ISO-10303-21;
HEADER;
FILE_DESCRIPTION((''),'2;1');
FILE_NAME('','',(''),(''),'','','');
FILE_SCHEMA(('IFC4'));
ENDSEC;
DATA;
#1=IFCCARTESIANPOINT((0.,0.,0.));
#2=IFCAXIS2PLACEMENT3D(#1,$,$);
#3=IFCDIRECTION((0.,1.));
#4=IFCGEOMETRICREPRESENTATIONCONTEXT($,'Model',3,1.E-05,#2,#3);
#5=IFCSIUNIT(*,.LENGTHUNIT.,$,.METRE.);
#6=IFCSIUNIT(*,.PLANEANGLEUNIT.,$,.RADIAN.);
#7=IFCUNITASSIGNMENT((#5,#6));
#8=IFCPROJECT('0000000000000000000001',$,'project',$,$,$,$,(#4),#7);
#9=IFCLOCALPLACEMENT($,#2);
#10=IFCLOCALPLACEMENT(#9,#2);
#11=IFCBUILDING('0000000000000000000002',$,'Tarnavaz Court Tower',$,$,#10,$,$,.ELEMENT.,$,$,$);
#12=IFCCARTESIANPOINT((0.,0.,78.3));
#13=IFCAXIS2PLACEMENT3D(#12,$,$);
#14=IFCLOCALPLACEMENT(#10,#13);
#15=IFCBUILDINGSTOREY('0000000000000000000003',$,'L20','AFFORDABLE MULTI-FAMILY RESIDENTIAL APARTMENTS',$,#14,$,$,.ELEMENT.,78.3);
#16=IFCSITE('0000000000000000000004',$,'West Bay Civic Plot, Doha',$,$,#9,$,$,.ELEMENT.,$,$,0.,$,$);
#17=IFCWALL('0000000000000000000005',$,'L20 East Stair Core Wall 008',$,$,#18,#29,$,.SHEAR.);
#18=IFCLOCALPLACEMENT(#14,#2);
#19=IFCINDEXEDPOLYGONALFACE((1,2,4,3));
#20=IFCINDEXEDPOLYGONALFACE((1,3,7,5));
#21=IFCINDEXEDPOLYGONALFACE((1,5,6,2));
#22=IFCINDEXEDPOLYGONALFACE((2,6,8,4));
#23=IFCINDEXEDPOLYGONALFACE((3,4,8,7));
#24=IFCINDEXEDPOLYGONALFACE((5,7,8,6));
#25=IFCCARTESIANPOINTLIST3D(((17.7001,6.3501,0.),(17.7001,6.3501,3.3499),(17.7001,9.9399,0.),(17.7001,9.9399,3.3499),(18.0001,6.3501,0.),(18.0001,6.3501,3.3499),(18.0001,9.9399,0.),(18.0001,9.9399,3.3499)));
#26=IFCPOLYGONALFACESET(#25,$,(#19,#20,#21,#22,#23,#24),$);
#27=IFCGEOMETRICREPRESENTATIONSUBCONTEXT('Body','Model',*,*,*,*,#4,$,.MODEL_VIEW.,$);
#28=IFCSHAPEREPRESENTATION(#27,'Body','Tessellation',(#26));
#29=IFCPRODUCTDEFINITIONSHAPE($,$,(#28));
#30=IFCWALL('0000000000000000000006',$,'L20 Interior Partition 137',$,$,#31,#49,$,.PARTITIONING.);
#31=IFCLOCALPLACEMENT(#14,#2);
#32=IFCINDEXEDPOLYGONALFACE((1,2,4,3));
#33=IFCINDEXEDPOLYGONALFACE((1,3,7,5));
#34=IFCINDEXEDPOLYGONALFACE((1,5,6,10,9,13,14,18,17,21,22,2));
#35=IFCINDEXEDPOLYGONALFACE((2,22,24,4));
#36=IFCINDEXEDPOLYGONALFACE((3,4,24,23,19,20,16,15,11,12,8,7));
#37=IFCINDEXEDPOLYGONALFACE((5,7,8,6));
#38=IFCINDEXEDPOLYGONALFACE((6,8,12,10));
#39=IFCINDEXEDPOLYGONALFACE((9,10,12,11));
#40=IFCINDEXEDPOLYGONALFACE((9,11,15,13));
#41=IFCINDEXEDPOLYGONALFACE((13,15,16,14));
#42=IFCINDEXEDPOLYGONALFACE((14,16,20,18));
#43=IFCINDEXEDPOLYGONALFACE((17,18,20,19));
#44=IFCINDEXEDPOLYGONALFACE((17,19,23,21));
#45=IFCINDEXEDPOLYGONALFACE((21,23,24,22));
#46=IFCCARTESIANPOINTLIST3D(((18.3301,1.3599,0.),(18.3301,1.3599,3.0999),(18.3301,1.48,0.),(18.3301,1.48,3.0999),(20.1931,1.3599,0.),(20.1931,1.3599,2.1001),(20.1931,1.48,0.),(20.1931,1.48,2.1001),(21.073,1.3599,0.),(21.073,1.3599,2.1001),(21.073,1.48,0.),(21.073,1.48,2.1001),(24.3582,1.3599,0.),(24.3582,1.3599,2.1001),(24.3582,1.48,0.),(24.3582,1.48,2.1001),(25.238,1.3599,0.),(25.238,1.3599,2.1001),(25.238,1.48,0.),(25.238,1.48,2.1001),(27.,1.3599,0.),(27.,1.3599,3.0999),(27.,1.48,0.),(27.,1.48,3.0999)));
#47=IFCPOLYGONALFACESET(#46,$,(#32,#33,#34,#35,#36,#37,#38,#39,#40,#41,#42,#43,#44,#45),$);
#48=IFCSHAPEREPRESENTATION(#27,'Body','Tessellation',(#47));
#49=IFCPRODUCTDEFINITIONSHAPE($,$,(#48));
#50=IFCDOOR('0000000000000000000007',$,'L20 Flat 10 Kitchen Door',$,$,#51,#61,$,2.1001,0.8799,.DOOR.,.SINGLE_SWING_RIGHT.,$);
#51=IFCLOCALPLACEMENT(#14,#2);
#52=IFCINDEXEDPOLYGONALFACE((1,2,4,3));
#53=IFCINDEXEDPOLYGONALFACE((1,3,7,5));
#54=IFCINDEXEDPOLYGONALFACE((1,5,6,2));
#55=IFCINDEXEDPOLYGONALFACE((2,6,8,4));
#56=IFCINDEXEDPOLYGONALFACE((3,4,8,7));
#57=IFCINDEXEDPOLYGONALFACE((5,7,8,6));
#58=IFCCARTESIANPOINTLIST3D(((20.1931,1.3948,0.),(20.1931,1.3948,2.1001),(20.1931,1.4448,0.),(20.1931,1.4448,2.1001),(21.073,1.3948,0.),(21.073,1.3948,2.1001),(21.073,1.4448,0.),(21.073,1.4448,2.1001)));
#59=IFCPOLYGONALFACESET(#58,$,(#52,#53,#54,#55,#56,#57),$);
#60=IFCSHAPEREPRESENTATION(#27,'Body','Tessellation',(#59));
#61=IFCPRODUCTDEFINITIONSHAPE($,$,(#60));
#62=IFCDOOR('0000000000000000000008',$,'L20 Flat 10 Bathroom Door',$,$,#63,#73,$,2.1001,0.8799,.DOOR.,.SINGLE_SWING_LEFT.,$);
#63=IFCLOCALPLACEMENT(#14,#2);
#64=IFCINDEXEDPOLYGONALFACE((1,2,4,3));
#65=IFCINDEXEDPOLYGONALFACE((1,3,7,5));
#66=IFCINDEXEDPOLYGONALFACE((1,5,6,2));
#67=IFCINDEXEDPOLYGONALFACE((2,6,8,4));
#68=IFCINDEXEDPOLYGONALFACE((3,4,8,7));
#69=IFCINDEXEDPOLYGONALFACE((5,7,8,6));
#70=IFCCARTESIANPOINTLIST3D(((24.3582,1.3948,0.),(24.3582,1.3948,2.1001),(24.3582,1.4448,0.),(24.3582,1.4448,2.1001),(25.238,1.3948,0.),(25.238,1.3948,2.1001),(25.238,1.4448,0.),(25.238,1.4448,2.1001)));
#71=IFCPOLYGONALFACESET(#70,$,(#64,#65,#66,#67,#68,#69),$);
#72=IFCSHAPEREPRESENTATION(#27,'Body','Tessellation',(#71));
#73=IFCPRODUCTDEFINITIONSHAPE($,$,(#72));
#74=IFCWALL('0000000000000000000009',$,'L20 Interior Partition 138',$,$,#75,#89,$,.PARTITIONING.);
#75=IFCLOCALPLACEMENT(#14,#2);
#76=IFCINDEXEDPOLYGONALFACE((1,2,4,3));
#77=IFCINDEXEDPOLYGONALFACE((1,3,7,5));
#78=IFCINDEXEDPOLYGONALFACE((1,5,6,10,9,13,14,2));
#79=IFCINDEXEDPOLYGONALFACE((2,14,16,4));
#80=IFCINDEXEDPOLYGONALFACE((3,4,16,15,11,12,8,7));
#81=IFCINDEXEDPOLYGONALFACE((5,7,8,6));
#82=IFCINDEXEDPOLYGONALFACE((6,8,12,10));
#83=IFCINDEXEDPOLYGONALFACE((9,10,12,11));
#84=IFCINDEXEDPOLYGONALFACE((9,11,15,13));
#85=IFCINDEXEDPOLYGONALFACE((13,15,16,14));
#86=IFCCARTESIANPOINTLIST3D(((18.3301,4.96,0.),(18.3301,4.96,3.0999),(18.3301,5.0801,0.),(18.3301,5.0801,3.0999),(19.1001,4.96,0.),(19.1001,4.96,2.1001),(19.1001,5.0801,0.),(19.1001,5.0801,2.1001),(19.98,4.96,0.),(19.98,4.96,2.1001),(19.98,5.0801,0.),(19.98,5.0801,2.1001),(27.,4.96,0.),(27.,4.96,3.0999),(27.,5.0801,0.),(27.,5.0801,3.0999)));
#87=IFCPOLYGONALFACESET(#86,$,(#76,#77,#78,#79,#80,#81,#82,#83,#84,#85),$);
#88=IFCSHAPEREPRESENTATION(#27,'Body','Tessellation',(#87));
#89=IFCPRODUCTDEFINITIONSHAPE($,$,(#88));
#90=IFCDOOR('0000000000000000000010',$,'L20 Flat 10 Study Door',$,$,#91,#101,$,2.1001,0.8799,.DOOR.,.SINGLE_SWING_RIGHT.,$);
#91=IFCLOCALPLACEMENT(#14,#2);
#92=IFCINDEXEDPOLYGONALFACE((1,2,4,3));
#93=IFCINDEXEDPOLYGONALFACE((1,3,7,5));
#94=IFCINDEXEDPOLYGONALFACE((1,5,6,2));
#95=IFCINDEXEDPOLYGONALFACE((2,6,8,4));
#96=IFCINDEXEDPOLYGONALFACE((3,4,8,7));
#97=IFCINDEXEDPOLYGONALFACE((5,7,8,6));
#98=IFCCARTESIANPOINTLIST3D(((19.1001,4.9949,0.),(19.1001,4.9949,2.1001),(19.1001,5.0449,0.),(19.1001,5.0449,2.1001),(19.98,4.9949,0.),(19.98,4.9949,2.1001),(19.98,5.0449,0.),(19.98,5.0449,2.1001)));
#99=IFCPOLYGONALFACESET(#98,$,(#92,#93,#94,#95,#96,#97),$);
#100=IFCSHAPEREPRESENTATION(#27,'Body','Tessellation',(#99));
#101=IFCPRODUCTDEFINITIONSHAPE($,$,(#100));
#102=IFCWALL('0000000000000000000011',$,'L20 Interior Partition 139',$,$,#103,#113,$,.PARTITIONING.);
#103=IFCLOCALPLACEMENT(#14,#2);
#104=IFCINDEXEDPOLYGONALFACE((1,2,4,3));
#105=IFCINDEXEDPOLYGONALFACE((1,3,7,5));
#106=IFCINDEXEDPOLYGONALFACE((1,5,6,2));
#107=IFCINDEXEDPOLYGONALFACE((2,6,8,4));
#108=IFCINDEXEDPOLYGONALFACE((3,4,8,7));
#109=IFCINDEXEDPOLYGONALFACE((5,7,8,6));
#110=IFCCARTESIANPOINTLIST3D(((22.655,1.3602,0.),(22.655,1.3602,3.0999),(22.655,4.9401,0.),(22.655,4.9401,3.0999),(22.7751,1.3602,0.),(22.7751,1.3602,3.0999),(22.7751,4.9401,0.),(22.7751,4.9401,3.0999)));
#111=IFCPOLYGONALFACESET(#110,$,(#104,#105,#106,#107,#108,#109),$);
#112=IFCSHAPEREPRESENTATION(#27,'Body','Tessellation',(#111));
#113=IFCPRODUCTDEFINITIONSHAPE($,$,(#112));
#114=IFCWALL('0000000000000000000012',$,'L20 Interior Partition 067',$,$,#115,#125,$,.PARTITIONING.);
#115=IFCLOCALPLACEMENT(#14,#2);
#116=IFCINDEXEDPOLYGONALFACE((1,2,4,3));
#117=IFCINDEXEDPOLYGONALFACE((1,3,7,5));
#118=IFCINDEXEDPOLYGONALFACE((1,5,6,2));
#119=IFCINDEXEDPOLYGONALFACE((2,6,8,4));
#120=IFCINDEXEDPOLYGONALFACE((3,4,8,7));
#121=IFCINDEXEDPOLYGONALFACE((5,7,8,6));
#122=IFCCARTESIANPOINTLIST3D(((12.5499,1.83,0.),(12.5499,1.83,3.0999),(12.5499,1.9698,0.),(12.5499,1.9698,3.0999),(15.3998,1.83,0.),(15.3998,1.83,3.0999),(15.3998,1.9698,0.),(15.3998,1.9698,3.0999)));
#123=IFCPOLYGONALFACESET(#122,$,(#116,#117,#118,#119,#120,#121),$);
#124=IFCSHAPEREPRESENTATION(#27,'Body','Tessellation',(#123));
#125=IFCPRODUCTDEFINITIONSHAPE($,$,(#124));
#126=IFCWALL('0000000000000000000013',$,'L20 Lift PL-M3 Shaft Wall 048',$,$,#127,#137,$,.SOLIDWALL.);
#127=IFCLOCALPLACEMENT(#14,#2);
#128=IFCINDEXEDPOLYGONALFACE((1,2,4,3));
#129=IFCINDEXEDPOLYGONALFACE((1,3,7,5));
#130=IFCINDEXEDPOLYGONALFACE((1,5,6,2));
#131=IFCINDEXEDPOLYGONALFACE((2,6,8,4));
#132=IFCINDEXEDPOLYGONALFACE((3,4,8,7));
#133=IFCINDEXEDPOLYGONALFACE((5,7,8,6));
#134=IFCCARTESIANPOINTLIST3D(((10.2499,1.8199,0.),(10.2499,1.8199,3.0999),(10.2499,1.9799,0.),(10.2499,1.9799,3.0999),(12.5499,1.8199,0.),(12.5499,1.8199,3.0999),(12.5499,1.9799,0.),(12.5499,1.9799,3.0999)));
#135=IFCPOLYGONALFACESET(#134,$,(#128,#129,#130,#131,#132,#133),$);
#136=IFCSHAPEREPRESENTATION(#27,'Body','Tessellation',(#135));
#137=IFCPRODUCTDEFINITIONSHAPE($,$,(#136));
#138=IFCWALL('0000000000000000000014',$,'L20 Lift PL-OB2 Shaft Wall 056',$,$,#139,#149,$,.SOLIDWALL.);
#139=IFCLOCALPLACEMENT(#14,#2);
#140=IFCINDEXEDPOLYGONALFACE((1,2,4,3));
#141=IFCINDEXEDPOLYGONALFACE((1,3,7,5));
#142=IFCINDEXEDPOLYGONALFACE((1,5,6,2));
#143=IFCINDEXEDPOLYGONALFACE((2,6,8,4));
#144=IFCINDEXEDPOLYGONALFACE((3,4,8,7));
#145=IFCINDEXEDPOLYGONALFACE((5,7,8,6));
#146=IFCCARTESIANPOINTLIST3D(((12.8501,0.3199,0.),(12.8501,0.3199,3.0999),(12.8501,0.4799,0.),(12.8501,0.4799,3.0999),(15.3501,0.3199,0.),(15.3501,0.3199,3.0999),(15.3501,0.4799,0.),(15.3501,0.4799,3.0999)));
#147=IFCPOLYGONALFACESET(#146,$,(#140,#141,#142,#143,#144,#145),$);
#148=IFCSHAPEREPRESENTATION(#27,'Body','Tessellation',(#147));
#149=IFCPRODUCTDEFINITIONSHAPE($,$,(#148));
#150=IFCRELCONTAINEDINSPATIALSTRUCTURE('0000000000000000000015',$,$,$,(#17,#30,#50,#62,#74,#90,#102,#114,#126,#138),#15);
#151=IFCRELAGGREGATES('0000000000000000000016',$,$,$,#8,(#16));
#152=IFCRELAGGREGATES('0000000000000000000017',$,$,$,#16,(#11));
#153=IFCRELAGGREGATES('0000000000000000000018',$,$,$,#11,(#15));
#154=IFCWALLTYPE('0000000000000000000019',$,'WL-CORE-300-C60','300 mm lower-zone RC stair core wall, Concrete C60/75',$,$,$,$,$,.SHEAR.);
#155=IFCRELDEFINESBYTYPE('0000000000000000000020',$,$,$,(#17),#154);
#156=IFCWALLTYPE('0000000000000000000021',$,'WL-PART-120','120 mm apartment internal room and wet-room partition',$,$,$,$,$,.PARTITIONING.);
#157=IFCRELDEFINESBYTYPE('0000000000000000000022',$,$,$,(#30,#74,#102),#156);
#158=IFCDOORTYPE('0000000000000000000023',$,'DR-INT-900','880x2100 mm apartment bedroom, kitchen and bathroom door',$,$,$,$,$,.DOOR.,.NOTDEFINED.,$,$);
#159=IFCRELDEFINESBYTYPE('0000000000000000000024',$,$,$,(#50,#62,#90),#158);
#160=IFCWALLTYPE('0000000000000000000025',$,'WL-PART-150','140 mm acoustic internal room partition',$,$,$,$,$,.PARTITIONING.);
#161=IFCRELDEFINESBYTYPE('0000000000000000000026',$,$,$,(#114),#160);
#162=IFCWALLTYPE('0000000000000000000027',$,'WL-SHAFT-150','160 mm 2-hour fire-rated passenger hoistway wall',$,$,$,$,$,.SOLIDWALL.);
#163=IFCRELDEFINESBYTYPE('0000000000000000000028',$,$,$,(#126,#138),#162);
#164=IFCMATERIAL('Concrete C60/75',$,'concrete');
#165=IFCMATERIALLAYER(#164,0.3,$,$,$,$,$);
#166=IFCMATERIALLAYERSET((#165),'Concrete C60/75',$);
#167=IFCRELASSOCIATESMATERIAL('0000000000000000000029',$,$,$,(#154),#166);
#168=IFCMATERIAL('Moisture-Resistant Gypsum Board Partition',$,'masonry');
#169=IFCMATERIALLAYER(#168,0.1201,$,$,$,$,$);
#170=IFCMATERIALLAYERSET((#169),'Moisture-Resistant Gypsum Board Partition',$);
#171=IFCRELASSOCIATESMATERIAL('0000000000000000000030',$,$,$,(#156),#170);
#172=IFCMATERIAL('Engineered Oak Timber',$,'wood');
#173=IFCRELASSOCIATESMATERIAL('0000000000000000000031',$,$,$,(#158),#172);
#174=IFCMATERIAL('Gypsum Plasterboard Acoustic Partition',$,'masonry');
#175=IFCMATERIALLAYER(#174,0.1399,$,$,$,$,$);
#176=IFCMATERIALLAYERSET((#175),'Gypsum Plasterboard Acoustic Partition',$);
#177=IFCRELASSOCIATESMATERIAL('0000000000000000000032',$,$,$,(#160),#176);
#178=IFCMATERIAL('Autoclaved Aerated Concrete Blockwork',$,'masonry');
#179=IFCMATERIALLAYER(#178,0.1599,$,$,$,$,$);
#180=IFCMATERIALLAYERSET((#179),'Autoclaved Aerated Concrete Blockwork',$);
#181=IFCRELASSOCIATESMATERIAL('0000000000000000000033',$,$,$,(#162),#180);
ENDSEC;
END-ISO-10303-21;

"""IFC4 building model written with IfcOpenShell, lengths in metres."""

from ifc_helpers import new_model, si_unit, direction, frame, frame_2d, origin, place, context, subcontext, project, spatial, rectangle, extrude, material, layer, layer_set, type_object, element, fill, save


model = new_model("IFC4")

# Units and contexts
model_context = context("Model", 3, precision=1e-05, world=origin(), true_north=direction((0.0, 1.0)))
body_context = subcontext(model_context, "Body", "Model", "MODEL_VIEW")
ifc_project = project(units=[si_unit("LENGTHUNIT", "METRE"), si_unit("PLANEANGLEUNIT", "RADIAN")], contexts=[model_context])

# Site, building, storey
site_placement = place(None, origin())
site = spatial("IfcSite", under=ifc_project, at=site_placement, Name="West Bay Civic Plot, Doha", CompositionType="ELEMENT", RefElevation=0.0)
building_placement = place(site_placement, origin())
building = spatial("IfcBuilding", under=site, at=building_placement, Name="Tarnavaz Court Tower", CompositionType="ELEMENT")
storey_placement = place(building_placement, frame((0.0, 0.0, 78.3)))
storey = spatial("IfcBuildingStorey", under=building, at=storey_placement, Name="L20", Description="AFFORDABLE MULTI-FAMILY RESIDENTIAL APARTMENTS", CompositionType="ELEMENT", Elevation=78.3)

# Shared definitions
ifc_material_1 = material(Name="Concrete C60/75", Category="concrete")

# Wall
ifc_layer_1 = layer(ifc_material_1, 0.3)
ifc_layer_set_1 = layer_set([ifc_layer_1], Name="Concrete C60/75")
wall_type_1 = type_object("IfcWallType", Name="WL-CORE-300-C60", Description="300 mm lower-zone RC stair core wall, Concrete C60/75", PredefinedType="SHEAR", material=ifc_layer_set_1)
wall_1_placement = place(storey_placement, frame((17.8501, 6.3501, 0.0), z_axis=(0.0, 0.0, 1.0), x_axis=(0.0, 1.0, 0.0)))
element("IfcWall", 1, at=wall_1_placement, inside=storey, type_object=wall_type_1, Name="L20 East Stair Core Wall 008", PredefinedType="SHEAR", context=body_context, shape_type="SweptSolid", body=[
    extrude(rectangle(XDim=3.5898, YDim=0.3, at=frame_2d((1.7949, 0.0))), origin(), (0.0, 0.0, 1.0), 3.3499),
])

# Wall, openings, doors
ifc_material_2 = material(Name="Moisture-Resistant Gypsum Board Partition", Category="masonry")
ifc_layer_2 = layer(ifc_material_2, 0.1201)
ifc_layer_set_2 = layer_set([ifc_layer_2], Name="Moisture-Resistant Gypsum Board Partition")
wall_type_2 = type_object("IfcWallType", Name="WL-PART-120", Description="120 mm apartment internal room and wet-room partition", PredefinedType="PARTITIONING", material=ifc_layer_set_2)
wall_2_placement = place(storey_placement, frame((18.3301, 1.4199, 0.0), z_axis=(0.0, 0.0, 1.0), x_axis=(1.0, 0.0, 0.0)))
wall_2 = element("IfcWall", 2, at=wall_2_placement, inside=storey, type_object=wall_type_2, Name="L20 Interior Partition 137", PredefinedType="PARTITIONING", context=body_context, shape_type="SweptSolid", body=[
    extrude(rectangle(XDim=8.6699, YDim=0.1201, at=frame_2d((4.335, 0.0))), origin(), (0.0, 0.0, 1.0), 3.0999),
])
opening_1_placement = place(wall_2_placement, frame((1.863, 0.0, 0.0)))
opening_1 = element("IfcOpeningElement", 3, at=opening_1_placement, cuts=wall_2, PredefinedType="OPENING", context=body_context, shape_type="SweptSolid", body=[
    extrude(rectangle(XDim=0.8799, YDim=2.1001, at=frame_2d((0.4399, 1.05))), frame((0.0, 0.0701, 0.0), z_axis=(0.0, -1.0, 0.0), x_axis=(1.0, 0.0, 0.0)), (0.0, 0.0, 1.0), 0.1401),
])
opening_2_placement = place(wall_2_placement, frame((6.0281, 0.0, 0.0)))
opening_2 = element("IfcOpeningElement", 4, at=opening_2_placement, cuts=wall_2, PredefinedType="OPENING", context=body_context, shape_type="SweptSolid", body=[
    extrude(rectangle(XDim=0.8799, YDim=2.1001, at=frame_2d((0.4399, 1.05))), frame((0.0, 0.0701, 0.0), z_axis=(0.0, -1.0, 0.0), x_axis=(1.0, 0.0, 0.0)), (0.0, 0.0, 1.0), 0.1401),
])
ifc_material_3 = material(Name="Engineered Oak Timber", Category="wood")
door_type_1 = type_object("IfcDoorType", Name="DR-INT-900", Description="880x2100 mm apartment bedroom, kitchen and bathroom door", OperationType="NOTDEFINED", PredefinedType="DOOR", material=ifc_material_3)
door_1_placement = place(opening_1_placement, origin())
door_1 = element("IfcDoor", 5, at=door_1_placement, inside=storey, type_object=door_type_1, Name="L20 Flat 10 Kitchen Door", OperationType="SINGLE_SWING_RIGHT", OverallHeight=2.1001, OverallWidth=0.8799, PredefinedType="DOOR", context=body_context, shape_type="SweptSolid", body=[
    extrude(rectangle(XDim=0.8799, YDim=2.1001, at=frame_2d((0.4399, 1.05))), frame((0.0, 0.0249, 0.0), z_axis=(0.0, -1.0, 0.0), x_axis=(1.0, 0.0, 0.0)), (0.0, 0.0, 1.0), 0.05),
])
fill(opening_1, door_1)
door_2_placement = place(opening_2_placement, origin())
door_2 = element("IfcDoor", 6, at=door_2_placement, inside=storey, type_object=door_type_1, Name="L20 Flat 10 Bathroom Door", OperationType="SINGLE_SWING_LEFT", OverallHeight=2.1001, OverallWidth=0.8799, PredefinedType="DOOR", context=body_context, shape_type="SweptSolid", body=[
    extrude(rectangle(XDim=0.8799, YDim=2.1001, at=frame_2d((0.4399, 1.05))), frame((0.0, 0.0249, 0.0), z_axis=(0.0, -1.0, 0.0), x_axis=(1.0, 0.0, 0.0)), (0.0, 0.0, 1.0), 0.05),
])
fill(opening_2, door_2)

# Wall, opening, door
wall_3_placement = place(storey_placement, frame((18.3301, 5.02, 0.0), z_axis=(0.0, 0.0, 1.0), x_axis=(1.0, 0.0, 0.0)))
wall_3 = element("IfcWall", 7, at=wall_3_placement, inside=storey, type_object=wall_type_2, Name="L20 Interior Partition 138", PredefinedType="PARTITIONING", context=body_context, shape_type="SweptSolid", body=[
    extrude(rectangle(XDim=8.6699, YDim=0.1201, at=frame_2d((4.335, 0.0))), origin(), (0.0, 0.0, 1.0), 3.0999),
])
opening_3_placement = place(wall_3_placement, frame((0.77, 0.0, 0.0)))
opening_3 = element("IfcOpeningElement", 8, at=opening_3_placement, cuts=wall_3, PredefinedType="OPENING", context=body_context, shape_type="SweptSolid", body=[
    extrude(rectangle(XDim=0.8799, YDim=2.1001, at=frame_2d((0.4399, 1.05))), frame((0.0, 0.0701, 0.0), z_axis=(0.0, -1.0, 0.0), x_axis=(1.0, 0.0, 0.0)), (0.0, 0.0, 1.0), 0.1401),
])
door_3_placement = place(opening_3_placement, origin())
door_3 = element("IfcDoor", 9, at=door_3_placement, inside=storey, type_object=door_type_1, Name="L20 Flat 10 Study Door", OperationType="SINGLE_SWING_RIGHT", OverallHeight=2.1001, OverallWidth=0.8799, PredefinedType="DOOR", context=body_context, shape_type="SweptSolid", body=[
    extrude(rectangle(XDim=0.8799, YDim=2.1001, at=frame_2d((0.4399, 1.05))), frame((0.0, 0.0249, 0.0), z_axis=(0.0, -1.0, 0.0), x_axis=(1.0, 0.0, 0.0)), (0.0, 0.0, 1.0), 0.05),
])
fill(opening_3, door_3)

# Walls
wall_4_placement = place(storey_placement, frame((22.7151, 1.3601, 0.0), z_axis=(0.0, 0.0, 1.0), x_axis=(0.0, 1.0, 0.0)))
element("IfcWall", 10, at=wall_4_placement, inside=storey, type_object=wall_type_2, Name="L20 Interior Partition 139", PredefinedType="PARTITIONING", context=body_context, shape_type="SweptSolid", body=[
    extrude(rectangle(XDim=3.5798, YDim=0.1201, at=frame_2d((1.79, 0.0))), origin(), (0.0, 0.0, 1.0), 3.0999),
])
ifc_material_4 = material(Name="Gypsum Plasterboard Acoustic Partition", Category="masonry")
ifc_layer_3 = layer(ifc_material_4, 0.1399)
ifc_layer_set_3 = layer_set([ifc_layer_3], Name="Gypsum Plasterboard Acoustic Partition")
wall_type_3 = type_object("IfcWallType", Name="WL-PART-150", Description="140 mm acoustic internal room partition", PredefinedType="PARTITIONING", material=ifc_layer_set_3)
wall_5_placement = place(storey_placement, frame((12.55, 1.8999, 0.0), z_axis=(0.0, 0.0, 1.0), x_axis=(1.0, 0.0, 0.0)))
element("IfcWall", 11, at=wall_5_placement, inside=storey, type_object=wall_type_3, Name="L20 Interior Partition 067", PredefinedType="PARTITIONING", context=body_context, shape_type="SweptSolid", body=[
    extrude(rectangle(XDim=2.8499, YDim=0.1399, at=frame_2d((1.4248, 0.0))), origin(), (0.0, 0.0, 1.0), 3.0999),
])
ifc_material_5 = material(Name="Autoclaved Aerated Concrete Blockwork", Category="masonry")
ifc_layer_4 = layer(ifc_material_5, 0.1599)
ifc_layer_set_4 = layer_set([ifc_layer_4], Name="Autoclaved Aerated Concrete Blockwork")
wall_type_4 = type_object("IfcWallType", Name="WL-SHAFT-150", Description="160 mm 2-hour fire-rated passenger hoistway wall", PredefinedType="SOLIDWALL", material=ifc_layer_set_4)
wall_6_placement = place(storey_placement, frame((10.25, 1.8999, 0.0), z_axis=(0.0, 0.0, 1.0), x_axis=(1.0, 0.0, 0.0)))
element("IfcWall", 12, at=wall_6_placement, inside=storey, type_object=wall_type_4, Name="L20 Lift PL-M3 Shaft Wall 048", PredefinedType="SOLIDWALL", context=body_context, shape_type="SweptSolid", body=[
    extrude(rectangle(XDim=2.3, YDim=0.1599, at=frame_2d((1.1499, 0.0))), origin(), (0.0, 0.0, 1.0), 3.0999),
])
wall_7_placement = place(storey_placement, frame((12.8501, 0.3999, 0.0), z_axis=(0.0, 0.0, 1.0), x_axis=(1.0, 0.0, 0.0)))
element("IfcWall", 13, at=wall_7_placement, inside=storey, type_object=wall_type_4, Name="L20 Lift PL-OB2 Shaft Wall 056", PredefinedType="SOLIDWALL", context=body_context, shape_type="SweptSolid", body=[
    extrude(rectangle(XDim=2.5, YDim=0.1599, at=frame_2d((1.25, 0.0))), origin(), (0.0, 0.0, 1.0), 3.0999),
])

save(model, "model.ifc")
